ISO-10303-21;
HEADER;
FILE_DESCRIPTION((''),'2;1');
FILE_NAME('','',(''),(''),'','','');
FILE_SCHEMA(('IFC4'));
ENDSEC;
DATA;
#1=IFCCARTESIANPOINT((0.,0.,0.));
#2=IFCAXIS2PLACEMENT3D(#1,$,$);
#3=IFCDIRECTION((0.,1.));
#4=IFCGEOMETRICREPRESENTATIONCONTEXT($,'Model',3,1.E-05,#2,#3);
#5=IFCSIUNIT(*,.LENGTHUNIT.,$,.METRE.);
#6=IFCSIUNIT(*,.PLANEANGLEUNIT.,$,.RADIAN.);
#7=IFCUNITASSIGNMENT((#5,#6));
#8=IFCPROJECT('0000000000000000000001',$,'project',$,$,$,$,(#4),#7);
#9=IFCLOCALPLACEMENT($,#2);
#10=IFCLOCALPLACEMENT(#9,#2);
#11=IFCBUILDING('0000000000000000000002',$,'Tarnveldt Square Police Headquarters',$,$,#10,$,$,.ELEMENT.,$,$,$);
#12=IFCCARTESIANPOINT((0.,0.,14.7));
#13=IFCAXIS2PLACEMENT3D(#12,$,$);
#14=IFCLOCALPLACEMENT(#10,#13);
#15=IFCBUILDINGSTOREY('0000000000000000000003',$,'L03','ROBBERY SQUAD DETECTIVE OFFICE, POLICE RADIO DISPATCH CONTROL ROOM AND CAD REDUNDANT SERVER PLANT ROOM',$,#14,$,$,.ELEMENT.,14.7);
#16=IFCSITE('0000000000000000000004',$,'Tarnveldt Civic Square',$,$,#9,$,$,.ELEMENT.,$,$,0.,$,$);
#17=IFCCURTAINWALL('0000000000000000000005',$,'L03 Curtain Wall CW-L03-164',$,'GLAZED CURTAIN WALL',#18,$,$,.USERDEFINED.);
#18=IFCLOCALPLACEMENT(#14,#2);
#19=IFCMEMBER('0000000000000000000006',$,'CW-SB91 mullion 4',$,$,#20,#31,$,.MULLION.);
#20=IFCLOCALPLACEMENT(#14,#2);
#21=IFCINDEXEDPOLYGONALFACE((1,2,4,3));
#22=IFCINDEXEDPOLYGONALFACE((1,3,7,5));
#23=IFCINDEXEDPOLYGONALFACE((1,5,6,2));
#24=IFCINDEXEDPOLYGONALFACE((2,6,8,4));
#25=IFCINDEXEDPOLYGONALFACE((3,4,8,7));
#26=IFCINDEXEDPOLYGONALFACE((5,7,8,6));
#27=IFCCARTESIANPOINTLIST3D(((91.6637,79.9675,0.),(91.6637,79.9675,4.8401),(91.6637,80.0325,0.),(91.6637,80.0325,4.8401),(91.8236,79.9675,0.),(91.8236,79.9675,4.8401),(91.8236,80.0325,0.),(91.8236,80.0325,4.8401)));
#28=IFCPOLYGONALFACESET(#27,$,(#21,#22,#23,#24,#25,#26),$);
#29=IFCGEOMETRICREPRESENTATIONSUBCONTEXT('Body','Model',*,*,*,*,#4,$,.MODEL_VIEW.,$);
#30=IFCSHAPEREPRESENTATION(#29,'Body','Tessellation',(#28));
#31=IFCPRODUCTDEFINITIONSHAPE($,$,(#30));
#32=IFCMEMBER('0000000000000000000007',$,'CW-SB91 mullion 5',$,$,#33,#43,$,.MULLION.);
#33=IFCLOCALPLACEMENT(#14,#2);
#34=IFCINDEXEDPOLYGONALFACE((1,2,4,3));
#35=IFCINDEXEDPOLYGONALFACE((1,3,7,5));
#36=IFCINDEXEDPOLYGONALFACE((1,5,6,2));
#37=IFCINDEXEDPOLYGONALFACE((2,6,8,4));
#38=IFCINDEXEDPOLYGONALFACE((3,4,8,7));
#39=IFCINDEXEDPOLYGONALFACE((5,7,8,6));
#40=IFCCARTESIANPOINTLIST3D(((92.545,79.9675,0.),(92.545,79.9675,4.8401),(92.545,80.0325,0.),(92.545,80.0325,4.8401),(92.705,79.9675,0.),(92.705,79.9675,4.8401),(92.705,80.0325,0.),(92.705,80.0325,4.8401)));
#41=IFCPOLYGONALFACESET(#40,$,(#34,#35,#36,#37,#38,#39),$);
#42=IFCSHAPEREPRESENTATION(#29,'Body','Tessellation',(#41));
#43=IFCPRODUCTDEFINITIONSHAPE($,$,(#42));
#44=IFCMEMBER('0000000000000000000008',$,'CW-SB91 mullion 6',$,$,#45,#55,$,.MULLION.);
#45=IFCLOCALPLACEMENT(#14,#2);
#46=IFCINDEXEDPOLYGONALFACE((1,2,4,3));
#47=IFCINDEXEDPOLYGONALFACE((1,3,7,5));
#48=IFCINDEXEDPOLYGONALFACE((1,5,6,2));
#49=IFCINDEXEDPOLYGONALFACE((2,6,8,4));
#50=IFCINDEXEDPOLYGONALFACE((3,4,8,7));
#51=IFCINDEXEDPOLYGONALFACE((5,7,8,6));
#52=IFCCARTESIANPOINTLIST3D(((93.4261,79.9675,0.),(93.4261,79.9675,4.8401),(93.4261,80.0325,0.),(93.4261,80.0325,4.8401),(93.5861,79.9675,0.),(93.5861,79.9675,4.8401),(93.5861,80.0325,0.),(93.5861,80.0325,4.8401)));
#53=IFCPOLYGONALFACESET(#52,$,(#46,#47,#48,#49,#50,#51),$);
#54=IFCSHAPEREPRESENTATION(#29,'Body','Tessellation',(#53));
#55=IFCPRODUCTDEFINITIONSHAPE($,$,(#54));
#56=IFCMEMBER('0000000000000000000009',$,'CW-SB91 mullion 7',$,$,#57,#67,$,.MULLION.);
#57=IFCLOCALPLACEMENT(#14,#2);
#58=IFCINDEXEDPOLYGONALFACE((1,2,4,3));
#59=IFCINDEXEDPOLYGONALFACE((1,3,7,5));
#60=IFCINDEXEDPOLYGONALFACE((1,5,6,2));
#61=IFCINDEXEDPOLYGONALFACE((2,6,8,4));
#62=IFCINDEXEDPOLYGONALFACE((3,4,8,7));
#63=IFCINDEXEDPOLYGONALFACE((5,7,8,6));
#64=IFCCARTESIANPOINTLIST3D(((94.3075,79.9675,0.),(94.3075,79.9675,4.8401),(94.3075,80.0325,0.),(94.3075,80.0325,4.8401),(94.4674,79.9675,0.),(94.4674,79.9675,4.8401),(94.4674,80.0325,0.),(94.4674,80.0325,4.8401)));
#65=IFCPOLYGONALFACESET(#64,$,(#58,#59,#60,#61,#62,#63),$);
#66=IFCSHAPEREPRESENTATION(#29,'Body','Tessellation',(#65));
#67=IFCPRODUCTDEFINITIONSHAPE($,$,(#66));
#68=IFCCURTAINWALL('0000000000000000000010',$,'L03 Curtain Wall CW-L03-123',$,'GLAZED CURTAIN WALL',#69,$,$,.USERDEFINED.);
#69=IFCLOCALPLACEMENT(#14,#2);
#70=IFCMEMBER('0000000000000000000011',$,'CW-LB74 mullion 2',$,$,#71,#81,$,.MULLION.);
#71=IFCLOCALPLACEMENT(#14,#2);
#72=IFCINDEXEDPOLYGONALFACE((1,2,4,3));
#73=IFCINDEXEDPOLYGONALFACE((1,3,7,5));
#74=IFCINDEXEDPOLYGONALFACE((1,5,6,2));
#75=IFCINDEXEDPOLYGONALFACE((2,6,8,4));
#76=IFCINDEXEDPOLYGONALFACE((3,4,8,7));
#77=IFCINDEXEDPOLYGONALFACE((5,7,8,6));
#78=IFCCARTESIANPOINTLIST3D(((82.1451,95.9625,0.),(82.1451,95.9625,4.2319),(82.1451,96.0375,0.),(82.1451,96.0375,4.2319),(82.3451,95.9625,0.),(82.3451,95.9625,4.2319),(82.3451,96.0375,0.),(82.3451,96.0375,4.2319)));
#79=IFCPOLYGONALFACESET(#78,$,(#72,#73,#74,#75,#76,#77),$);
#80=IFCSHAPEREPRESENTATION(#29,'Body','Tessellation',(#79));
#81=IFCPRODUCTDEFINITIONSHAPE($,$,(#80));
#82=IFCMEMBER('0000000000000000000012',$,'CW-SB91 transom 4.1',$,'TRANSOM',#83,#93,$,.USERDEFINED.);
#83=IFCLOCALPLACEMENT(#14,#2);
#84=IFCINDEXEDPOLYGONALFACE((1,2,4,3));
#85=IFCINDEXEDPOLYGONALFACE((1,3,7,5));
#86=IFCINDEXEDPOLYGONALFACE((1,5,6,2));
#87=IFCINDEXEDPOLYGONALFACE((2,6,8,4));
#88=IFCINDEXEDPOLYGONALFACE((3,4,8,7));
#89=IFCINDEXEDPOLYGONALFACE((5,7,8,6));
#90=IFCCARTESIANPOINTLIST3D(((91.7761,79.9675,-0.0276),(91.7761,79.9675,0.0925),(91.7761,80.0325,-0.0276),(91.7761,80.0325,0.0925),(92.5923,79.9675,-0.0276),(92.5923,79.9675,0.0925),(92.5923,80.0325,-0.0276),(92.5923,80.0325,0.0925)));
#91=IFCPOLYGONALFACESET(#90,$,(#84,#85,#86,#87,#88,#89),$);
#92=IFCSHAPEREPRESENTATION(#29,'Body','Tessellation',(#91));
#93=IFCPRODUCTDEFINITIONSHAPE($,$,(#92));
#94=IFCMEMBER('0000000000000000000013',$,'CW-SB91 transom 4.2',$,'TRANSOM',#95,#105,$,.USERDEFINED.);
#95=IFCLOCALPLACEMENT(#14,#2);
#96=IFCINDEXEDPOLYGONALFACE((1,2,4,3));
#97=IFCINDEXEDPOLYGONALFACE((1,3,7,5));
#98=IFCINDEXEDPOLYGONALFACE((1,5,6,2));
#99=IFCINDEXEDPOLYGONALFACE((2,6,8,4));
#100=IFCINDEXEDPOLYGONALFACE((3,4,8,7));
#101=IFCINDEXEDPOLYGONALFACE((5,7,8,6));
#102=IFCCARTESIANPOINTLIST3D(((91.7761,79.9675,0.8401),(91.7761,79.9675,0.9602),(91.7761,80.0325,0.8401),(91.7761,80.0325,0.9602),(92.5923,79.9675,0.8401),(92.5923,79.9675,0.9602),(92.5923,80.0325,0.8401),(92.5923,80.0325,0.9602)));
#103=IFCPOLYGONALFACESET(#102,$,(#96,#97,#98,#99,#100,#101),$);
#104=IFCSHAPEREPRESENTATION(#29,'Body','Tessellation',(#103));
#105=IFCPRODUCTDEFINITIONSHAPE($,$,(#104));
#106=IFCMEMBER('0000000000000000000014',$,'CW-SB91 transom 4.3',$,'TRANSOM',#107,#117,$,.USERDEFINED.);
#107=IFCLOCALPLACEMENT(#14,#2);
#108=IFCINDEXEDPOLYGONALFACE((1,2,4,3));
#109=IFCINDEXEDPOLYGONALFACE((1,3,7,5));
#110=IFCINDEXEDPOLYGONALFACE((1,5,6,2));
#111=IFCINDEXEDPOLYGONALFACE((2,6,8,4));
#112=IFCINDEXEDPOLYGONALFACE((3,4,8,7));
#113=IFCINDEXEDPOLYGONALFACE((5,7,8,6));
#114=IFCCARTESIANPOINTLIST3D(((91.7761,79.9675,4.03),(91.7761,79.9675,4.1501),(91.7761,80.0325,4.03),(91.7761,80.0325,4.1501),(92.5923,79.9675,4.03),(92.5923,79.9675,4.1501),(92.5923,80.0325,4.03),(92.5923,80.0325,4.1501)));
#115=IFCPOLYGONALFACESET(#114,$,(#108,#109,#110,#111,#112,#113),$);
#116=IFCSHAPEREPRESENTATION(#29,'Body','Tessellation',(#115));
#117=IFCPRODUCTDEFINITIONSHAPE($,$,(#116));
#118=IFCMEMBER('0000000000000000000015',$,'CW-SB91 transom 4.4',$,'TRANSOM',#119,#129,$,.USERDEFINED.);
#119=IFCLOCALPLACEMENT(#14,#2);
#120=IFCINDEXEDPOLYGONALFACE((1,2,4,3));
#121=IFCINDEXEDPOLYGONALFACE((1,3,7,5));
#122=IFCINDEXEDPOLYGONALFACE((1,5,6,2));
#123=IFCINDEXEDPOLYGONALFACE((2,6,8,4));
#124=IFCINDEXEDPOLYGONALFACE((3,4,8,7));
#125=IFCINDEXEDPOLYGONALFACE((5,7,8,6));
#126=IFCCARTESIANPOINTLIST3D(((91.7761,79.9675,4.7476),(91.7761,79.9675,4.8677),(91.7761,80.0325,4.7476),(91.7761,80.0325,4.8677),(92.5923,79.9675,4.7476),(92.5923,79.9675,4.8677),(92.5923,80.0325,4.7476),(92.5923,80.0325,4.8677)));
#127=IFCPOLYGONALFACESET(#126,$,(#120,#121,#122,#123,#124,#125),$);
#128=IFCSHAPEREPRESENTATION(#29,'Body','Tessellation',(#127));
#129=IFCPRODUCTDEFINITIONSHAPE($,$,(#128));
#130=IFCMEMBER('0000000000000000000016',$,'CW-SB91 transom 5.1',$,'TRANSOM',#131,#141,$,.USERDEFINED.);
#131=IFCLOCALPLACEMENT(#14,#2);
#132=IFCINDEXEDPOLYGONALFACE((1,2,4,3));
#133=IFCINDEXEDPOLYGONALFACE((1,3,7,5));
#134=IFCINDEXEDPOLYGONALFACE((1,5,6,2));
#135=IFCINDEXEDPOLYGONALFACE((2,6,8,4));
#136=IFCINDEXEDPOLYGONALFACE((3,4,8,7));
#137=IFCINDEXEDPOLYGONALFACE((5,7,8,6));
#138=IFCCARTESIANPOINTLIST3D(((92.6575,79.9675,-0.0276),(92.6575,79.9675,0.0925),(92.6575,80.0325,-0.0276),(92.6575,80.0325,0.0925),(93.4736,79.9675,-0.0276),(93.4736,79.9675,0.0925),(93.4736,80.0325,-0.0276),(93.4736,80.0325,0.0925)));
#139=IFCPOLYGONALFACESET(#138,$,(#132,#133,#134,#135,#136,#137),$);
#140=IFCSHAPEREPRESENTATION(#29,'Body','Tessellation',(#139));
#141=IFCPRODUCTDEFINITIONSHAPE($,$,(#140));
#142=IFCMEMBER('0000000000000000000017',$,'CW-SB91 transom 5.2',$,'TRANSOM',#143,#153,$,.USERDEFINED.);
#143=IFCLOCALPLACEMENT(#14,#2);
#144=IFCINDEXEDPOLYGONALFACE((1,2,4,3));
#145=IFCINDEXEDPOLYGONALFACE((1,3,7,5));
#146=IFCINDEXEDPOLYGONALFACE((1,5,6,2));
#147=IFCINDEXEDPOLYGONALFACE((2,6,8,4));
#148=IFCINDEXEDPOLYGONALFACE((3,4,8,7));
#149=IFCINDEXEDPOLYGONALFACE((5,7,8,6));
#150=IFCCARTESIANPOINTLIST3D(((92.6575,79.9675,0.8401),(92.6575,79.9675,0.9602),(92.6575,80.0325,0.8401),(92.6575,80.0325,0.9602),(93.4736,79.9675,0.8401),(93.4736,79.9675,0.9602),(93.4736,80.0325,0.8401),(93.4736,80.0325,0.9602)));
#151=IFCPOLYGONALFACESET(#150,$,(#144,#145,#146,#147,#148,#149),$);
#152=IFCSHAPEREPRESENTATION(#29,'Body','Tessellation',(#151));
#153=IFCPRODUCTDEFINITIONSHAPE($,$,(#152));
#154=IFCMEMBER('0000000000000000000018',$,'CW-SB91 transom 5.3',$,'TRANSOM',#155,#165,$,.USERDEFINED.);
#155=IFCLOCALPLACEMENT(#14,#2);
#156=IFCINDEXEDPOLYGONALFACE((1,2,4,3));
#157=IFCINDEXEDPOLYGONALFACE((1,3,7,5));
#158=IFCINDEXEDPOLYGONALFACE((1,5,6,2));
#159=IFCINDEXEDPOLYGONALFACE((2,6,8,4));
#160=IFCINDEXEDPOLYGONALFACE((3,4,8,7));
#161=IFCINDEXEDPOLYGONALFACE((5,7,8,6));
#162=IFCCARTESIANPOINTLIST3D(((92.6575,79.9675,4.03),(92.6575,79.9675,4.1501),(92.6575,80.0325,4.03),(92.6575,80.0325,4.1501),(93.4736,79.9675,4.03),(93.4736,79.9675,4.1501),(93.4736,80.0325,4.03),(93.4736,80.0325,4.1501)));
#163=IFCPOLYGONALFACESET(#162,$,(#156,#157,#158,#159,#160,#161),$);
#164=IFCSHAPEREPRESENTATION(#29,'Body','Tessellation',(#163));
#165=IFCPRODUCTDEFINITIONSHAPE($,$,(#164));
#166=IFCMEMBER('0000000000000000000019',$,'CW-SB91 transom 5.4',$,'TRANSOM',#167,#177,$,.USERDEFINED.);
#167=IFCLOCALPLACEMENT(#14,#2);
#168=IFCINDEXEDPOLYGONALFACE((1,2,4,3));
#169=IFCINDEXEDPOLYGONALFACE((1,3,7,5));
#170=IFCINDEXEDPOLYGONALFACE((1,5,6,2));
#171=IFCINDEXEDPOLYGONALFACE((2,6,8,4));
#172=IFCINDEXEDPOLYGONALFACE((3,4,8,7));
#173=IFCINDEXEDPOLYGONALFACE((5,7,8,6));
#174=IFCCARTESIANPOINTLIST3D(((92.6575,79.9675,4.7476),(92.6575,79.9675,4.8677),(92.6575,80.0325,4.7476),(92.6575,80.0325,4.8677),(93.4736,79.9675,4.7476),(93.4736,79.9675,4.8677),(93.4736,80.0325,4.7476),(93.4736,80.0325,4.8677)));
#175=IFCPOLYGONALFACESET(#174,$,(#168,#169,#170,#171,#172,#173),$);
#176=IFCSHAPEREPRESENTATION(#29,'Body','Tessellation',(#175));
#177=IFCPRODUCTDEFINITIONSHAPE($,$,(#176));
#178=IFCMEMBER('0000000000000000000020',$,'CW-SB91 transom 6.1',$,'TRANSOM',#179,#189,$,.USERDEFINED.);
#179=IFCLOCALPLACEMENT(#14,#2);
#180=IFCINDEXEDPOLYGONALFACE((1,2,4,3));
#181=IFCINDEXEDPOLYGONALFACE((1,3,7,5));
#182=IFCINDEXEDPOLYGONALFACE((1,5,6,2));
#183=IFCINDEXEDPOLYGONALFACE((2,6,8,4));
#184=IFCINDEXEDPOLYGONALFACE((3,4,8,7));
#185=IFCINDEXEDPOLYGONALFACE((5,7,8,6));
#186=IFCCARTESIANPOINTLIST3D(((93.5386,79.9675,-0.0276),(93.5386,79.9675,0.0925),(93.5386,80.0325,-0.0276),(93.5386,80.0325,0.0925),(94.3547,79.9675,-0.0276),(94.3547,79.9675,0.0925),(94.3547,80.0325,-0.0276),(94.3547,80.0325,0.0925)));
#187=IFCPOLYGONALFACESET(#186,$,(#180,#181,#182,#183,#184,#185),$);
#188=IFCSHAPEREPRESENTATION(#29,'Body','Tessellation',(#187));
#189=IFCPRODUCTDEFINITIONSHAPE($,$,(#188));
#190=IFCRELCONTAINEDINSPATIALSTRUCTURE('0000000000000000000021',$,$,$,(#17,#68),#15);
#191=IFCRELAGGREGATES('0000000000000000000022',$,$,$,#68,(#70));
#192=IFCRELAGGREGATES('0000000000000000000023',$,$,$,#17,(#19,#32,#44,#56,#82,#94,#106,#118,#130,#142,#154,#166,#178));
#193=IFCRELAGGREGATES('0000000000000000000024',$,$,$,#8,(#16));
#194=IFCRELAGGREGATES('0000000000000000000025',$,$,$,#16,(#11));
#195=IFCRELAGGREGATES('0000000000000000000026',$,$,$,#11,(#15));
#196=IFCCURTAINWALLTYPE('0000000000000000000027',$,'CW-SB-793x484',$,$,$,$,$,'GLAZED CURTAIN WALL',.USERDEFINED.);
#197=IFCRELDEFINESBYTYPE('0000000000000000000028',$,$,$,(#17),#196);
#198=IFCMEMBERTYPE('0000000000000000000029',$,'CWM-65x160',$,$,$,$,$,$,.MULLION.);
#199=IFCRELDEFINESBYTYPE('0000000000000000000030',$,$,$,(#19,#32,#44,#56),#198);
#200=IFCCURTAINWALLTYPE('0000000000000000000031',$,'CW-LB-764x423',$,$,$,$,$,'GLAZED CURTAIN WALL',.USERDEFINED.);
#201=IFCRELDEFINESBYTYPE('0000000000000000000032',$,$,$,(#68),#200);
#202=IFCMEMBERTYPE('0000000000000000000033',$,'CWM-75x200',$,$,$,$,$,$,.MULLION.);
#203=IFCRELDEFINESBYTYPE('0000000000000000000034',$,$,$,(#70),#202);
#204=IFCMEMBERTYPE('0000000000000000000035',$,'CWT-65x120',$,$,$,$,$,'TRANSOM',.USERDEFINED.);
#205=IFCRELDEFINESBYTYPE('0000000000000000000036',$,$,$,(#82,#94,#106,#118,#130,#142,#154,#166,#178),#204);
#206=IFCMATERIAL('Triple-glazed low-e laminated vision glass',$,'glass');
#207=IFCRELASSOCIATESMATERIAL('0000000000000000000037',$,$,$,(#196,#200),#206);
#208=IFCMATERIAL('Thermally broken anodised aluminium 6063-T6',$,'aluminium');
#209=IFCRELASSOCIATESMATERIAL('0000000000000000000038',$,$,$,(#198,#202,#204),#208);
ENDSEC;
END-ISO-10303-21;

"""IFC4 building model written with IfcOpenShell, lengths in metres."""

from ifc_helpers import new_model, si_unit, direction, frame, origin, origin_2d, place, context, subcontext, project, spatial, rectangle, extrude, material, material_profile, profile_set, type_object, element, aggregate, save


model = new_model("IFC4")

# Units and contexts
model_context = context("Model", 3, precision=1e-05, world=origin(), true_north=direction((0.0, 1.0)))
body_context = subcontext(model_context, "Body", "Model", "MODEL_VIEW")
ifc_project = project(units=[si_unit("LENGTHUNIT", "METRE"), si_unit("PLANEANGLEUNIT", "RADIAN")], contexts=[model_context])

# Site, building, storey
site_placement = place(None, origin())
site = spatial("IfcSite", under=ifc_project, at=site_placement, Name="Tarnveldt Civic Square", CompositionType="ELEMENT", RefElevation=0.0)
building_placement = place(site_placement, origin())
building = spatial("IfcBuilding", under=site, at=building_placement, Name="Tarnveldt Square Police Headquarters", CompositionType="ELEMENT")
storey_placement = place(building_placement, frame((0.0, 0.0, 14.7)))
storey = spatial("IfcBuildingStorey", under=building, at=storey_placement, Name="L03", Description="ROBBERY SQUAD DETECTIVE OFFICE, POLICE RADIO DISPATCH CONTROL ROOM AND CAD REDUNDANT SERVER PLANT ROOM", CompositionType="ELEMENT", Elevation=14.7)

# Curtain wall, members
ifc_material_1 = material(Name="Triple-glazed low-e laminated vision glass", Category="glass")
curtain_wall_type_1 = type_object("IfcCurtainWallType", Name="CW-SB-793x484", ElementType="GLAZED CURTAIN WALL", PredefinedType="USERDEFINED", material=ifc_material_1)
curtain_wall_1_placement = place(storey_placement, origin())
curtain_wall_1 = element("IfcCurtainWall", 1, at=curtain_wall_1_placement, inside=storey, type_object=curtain_wall_type_1, Name="L03 Curtain Wall CW-L03-164", ObjectType="GLAZED CURTAIN WALL", PredefinedType="USERDEFINED")
ifc_material_2 = material(Name="Thermally broken anodised aluminium 6063-T6", Category="aluminium")
ifc_material_profile_1 = material_profile(ifc_material_2, rectangle(XDim=0.0649, YDim=0.1599, at=origin_2d()), Name="CW-M65x160")
ifc_profile_set_1 = profile_set([ifc_material_profile_1], Name="Thermally broken anodised aluminium 6063-T6")
member_type_1 = type_object("IfcMemberType", Name="CWM-65x160", PredefinedType="MULLION", material=ifc_profile_set_1)
member_1_placement = place(storey_placement, frame((91.7437, 80.0, 0.0), z_axis=(0.0, 0.0, 1.0), x_axis=(0.0, 1.0, 0.0)))
member_1 = element("IfcMember", 2, at=member_1_placement, type_object=member_type_1, Name="CW-SB91 mullion 4", PredefinedType="MULLION", context=body_context, shape_type="SweptSolid", body=[
    extrude(rectangle(XDim=0.0649, YDim=0.1599, at=origin_2d()), origin(), (0.0, 0.0, 1.0), 4.8401),
])
member_2_placement = place(storey_placement, frame((92.625, 80.0, 0.0), z_axis=(0.0, 0.0, 1.0), x_axis=(0.0, 1.0, 0.0)))
member_2 = element("IfcMember", 3, at=member_2_placement, type_object=member_type_1, Name="CW-SB91 mullion 5", PredefinedType="MULLION", context=body_context, shape_type="SweptSolid", body=[
    extrude(rectangle(XDim=0.0649, YDim=0.1599, at=origin_2d()), origin(), (0.0, 0.0, 1.0), 4.8401),
])
member_3_placement = place(storey_placement, frame((93.5061, 80.0, 0.0), z_axis=(0.0, 0.0, 1.0), x_axis=(0.0, 1.0, 0.0)))
member_3 = element("IfcMember", 4, at=member_3_placement, type_object=member_type_1, Name="CW-SB91 mullion 6", PredefinedType="MULLION", context=body_context, shape_type="SweptSolid", body=[
    extrude(rectangle(XDim=0.0649, YDim=0.1599, at=origin_2d()), origin(), (0.0, 0.0, 1.0), 4.8401),
])
member_4_placement = place(storey_placement, frame((94.3875, 80.0, 0.0), z_axis=(0.0, 0.0, 1.0), x_axis=(0.0, 1.0, 0.0)))
member_4 = element("IfcMember", 5, at=member_4_placement, type_object=member_type_1, Name="CW-SB91 mullion 7", PredefinedType="MULLION", context=body_context, shape_type="SweptSolid", body=[
    extrude(rectangle(XDim=0.0649, YDim=0.1599, at=origin_2d()), origin(), (0.0, 0.0, 1.0), 4.8401),
])

# Curtain wall, member
curtain_wall_type_2 = type_object("IfcCurtainWallType", Name="CW-LB-764x423", ElementType="GLAZED CURTAIN WALL", PredefinedType="USERDEFINED", material=ifc_material_1)
curtain_wall_2_placement = place(storey_placement, origin())
curtain_wall_2 = element("IfcCurtainWall", 6, at=curtain_wall_2_placement, inside=storey, type_object=curtain_wall_type_2, Name="L03 Curtain Wall CW-L03-123", ObjectType="GLAZED CURTAIN WALL", PredefinedType="USERDEFINED")
ifc_material_profile_2 = material_profile(ifc_material_2, rectangle(XDim=0.075, YDim=0.2, at=origin_2d()), Name="CW-M75x200")
ifc_profile_set_2 = profile_set([ifc_material_profile_2], Name="Thermally broken anodised aluminium 6063-T6")
member_type_2 = type_object("IfcMemberType", Name="CWM-75x200", PredefinedType="MULLION", material=ifc_profile_set_2)
member_5_placement = place(storey_placement, frame((82.2451, 96.0, 0.0), z_axis=(0.0, 0.0, 1.0), x_axis=(0.0, 1.0, 0.0)))
member_5 = element("IfcMember", 7, at=member_5_placement, type_object=member_type_2, Name="CW-LB74 mullion 2", PredefinedType="MULLION", context=body_context, shape_type="SweptSolid", body=[
    extrude(rectangle(XDim=0.075, YDim=0.2, at=origin_2d()), origin(), (0.0, 0.0, 1.0), 4.2319),
])
aggregate(curtain_wall_2, [member_5])

# Members
ifc_material_profile_3 = material_profile(ifc_material_2, rectangle(XDim=0.0649, YDim=0.1201, at=origin_2d()), Name="CW-T65x120")
ifc_profile_set_3 = profile_set([ifc_material_profile_3], Name="Thermally broken anodised aluminium 6063-T6")
member_type_3 = type_object("IfcMemberType", Name="CWT-65x120", ElementType="TRANSOM", PredefinedType="USERDEFINED", material=ifc_profile_set_3)
member_6_placement = place(storey_placement, frame((91.7761, 80.0, 0.0325), z_axis=(1.0, 0.0, 0.0), x_axis=(0.0, 1.0, 0.0)))
member_6 = element("IfcMember", 8, at=member_6_placement, type_object=member_type_3, Name="CW-SB91 transom 4.1", ObjectType="TRANSOM", PredefinedType="USERDEFINED", context=body_context, shape_type="SweptSolid", body=[
    extrude(rectangle(XDim=0.0649, YDim=0.1201, at=origin_2d()), origin(), (0.0, 0.0, 1.0), 0.8162),
])
member_7_placement = place(storey_placement, frame((91.7761, 80.0, 0.9001), z_axis=(1.0, 0.0, 0.0), x_axis=(0.0, 1.0, 0.0)))
member_7 = element("IfcMember", 9, at=member_7_placement, type_object=member_type_3, Name="CW-SB91 transom 4.2", ObjectType="TRANSOM", PredefinedType="USERDEFINED", context=body_context, shape_type="SweptSolid", body=[
    extrude(rectangle(XDim=0.0649, YDim=0.1201, at=origin_2d()), origin(), (0.0, 0.0, 1.0), 0.8162),
])
member_8_placement = place(storey_placement, frame((91.7761, 80.0, 4.0901), z_axis=(1.0, 0.0, 0.0), x_axis=(0.0, 1.0, 0.0)))
member_8 = element("IfcMember", 10, at=member_8_placement, type_object=member_type_3, Name="CW-SB91 transom 4.3", ObjectType="TRANSOM", PredefinedType="USERDEFINED", context=body_context, shape_type="SweptSolid", body=[
    extrude(rectangle(XDim=0.0649, YDim=0.1201, at=origin_2d()), origin(), (0.0, 0.0, 1.0), 0.8162),
])
member_9_placement = place(storey_placement, frame((91.7761, 80.0, 4.8076), z_axis=(1.0, 0.0, 0.0), x_axis=(0.0, 1.0, 0.0)))
member_9 = element("IfcMember", 11, at=member_9_placement, type_object=member_type_3, Name="CW-SB91 transom 4.4", ObjectType="TRANSOM", PredefinedType="USERDEFINED", context=body_context, shape_type="SweptSolid", body=[
    extrude(rectangle(XDim=0.0649, YDim=0.1201, at=origin_2d()), origin(), (0.0, 0.0, 1.0), 0.8162),
])
member_10_placement = place(storey_placement, frame((92.6575, 80.0, 0.0325), z_axis=(1.0, 0.0, 0.0), x_axis=(0.0, 1.0, 0.0)))
member_10 = element("IfcMember", 12, at=member_10_placement, type_object=member_type_3, Name="CW-SB91 transom 5.1", ObjectType="TRANSOM", PredefinedType="USERDEFINED", context=body_context, shape_type="SweptSolid", body=[
    extrude(rectangle(XDim=0.0649, YDim=0.1201, at=origin_2d()), origin(), (0.0, 0.0, 1.0), 0.8162),
])
member_11_placement = place(storey_placement, frame((92.6575, 80.0, 0.9001), z_axis=(1.0, 0.0, 0.0), x_axis=(0.0, 1.0, 0.0)))
member_11 = element("IfcMember", 13, at=member_11_placement, type_object=member_type_3, Name="CW-SB91 transom 5.2", ObjectType="TRANSOM", PredefinedType="USERDEFINED", context=body_context, shape_type="SweptSolid", body=[
    extrude(rectangle(XDim=0.0649, YDim=0.1201, at=origin_2d()), origin(), (0.0, 0.0, 1.0), 0.8162),
])
member_12_placement = place(storey_placement, frame((92.6575, 80.0, 4.0901), z_axis=(1.0, 0.0, 0.0), x_axis=(0.0, 1.0, 0.0)))
member_12 = element("IfcMember", 14, at=member_12_placement, type_object=member_type_3, Name="CW-SB91 transom 5.3", ObjectType="TRANSOM", PredefinedType="USERDEFINED", context=body_context, shape_type="SweptSolid", body=[
    extrude(rectangle(XDim=0.0649, YDim=0.1201, at=origin_2d()), origin(), (0.0, 0.0, 1.0), 0.8162),
])
member_13_placement = place(storey_placement, frame((92.6575, 80.0, 4.8076), z_axis=(1.0, 0.0, 0.0), x_axis=(0.0, 1.0, 0.0)))
member_13 = element("IfcMember", 15, at=member_13_placement, type_object=member_type_3, Name="CW-SB91 transom 5.4", ObjectType="TRANSOM", PredefinedType="USERDEFINED", context=body_context, shape_type="SweptSolid", body=[
    extrude(rectangle(XDim=0.0649, YDim=0.1201, at=origin_2d()), origin(), (0.0, 0.0, 1.0), 0.8162),
])
member_14_placement = place(storey_placement, frame((93.5386, 80.0, 0.0325), z_axis=(1.0, 0.0, 0.0), x_axis=(0.0, 1.0, 0.0)))
member_14 = element("IfcMember", 16, at=member_14_placement, type_object=member_type_3, Name="CW-SB91 transom 6.1", ObjectType="TRANSOM", PredefinedType="USERDEFINED", context=body_context, shape_type="SweptSolid", body=[
    extrude(rectangle(XDim=0.0649, YDim=0.1201, at=origin_2d()), origin(), (0.0, 0.0, 1.0), 0.8162),
])

aggregate(curtain_wall_1, [member_1, member_2, member_3, member_4, member_6, member_7, member_8, member_9, member_10, member_11, member_12, member_13, member_14])

save(model, "model.ifc")
